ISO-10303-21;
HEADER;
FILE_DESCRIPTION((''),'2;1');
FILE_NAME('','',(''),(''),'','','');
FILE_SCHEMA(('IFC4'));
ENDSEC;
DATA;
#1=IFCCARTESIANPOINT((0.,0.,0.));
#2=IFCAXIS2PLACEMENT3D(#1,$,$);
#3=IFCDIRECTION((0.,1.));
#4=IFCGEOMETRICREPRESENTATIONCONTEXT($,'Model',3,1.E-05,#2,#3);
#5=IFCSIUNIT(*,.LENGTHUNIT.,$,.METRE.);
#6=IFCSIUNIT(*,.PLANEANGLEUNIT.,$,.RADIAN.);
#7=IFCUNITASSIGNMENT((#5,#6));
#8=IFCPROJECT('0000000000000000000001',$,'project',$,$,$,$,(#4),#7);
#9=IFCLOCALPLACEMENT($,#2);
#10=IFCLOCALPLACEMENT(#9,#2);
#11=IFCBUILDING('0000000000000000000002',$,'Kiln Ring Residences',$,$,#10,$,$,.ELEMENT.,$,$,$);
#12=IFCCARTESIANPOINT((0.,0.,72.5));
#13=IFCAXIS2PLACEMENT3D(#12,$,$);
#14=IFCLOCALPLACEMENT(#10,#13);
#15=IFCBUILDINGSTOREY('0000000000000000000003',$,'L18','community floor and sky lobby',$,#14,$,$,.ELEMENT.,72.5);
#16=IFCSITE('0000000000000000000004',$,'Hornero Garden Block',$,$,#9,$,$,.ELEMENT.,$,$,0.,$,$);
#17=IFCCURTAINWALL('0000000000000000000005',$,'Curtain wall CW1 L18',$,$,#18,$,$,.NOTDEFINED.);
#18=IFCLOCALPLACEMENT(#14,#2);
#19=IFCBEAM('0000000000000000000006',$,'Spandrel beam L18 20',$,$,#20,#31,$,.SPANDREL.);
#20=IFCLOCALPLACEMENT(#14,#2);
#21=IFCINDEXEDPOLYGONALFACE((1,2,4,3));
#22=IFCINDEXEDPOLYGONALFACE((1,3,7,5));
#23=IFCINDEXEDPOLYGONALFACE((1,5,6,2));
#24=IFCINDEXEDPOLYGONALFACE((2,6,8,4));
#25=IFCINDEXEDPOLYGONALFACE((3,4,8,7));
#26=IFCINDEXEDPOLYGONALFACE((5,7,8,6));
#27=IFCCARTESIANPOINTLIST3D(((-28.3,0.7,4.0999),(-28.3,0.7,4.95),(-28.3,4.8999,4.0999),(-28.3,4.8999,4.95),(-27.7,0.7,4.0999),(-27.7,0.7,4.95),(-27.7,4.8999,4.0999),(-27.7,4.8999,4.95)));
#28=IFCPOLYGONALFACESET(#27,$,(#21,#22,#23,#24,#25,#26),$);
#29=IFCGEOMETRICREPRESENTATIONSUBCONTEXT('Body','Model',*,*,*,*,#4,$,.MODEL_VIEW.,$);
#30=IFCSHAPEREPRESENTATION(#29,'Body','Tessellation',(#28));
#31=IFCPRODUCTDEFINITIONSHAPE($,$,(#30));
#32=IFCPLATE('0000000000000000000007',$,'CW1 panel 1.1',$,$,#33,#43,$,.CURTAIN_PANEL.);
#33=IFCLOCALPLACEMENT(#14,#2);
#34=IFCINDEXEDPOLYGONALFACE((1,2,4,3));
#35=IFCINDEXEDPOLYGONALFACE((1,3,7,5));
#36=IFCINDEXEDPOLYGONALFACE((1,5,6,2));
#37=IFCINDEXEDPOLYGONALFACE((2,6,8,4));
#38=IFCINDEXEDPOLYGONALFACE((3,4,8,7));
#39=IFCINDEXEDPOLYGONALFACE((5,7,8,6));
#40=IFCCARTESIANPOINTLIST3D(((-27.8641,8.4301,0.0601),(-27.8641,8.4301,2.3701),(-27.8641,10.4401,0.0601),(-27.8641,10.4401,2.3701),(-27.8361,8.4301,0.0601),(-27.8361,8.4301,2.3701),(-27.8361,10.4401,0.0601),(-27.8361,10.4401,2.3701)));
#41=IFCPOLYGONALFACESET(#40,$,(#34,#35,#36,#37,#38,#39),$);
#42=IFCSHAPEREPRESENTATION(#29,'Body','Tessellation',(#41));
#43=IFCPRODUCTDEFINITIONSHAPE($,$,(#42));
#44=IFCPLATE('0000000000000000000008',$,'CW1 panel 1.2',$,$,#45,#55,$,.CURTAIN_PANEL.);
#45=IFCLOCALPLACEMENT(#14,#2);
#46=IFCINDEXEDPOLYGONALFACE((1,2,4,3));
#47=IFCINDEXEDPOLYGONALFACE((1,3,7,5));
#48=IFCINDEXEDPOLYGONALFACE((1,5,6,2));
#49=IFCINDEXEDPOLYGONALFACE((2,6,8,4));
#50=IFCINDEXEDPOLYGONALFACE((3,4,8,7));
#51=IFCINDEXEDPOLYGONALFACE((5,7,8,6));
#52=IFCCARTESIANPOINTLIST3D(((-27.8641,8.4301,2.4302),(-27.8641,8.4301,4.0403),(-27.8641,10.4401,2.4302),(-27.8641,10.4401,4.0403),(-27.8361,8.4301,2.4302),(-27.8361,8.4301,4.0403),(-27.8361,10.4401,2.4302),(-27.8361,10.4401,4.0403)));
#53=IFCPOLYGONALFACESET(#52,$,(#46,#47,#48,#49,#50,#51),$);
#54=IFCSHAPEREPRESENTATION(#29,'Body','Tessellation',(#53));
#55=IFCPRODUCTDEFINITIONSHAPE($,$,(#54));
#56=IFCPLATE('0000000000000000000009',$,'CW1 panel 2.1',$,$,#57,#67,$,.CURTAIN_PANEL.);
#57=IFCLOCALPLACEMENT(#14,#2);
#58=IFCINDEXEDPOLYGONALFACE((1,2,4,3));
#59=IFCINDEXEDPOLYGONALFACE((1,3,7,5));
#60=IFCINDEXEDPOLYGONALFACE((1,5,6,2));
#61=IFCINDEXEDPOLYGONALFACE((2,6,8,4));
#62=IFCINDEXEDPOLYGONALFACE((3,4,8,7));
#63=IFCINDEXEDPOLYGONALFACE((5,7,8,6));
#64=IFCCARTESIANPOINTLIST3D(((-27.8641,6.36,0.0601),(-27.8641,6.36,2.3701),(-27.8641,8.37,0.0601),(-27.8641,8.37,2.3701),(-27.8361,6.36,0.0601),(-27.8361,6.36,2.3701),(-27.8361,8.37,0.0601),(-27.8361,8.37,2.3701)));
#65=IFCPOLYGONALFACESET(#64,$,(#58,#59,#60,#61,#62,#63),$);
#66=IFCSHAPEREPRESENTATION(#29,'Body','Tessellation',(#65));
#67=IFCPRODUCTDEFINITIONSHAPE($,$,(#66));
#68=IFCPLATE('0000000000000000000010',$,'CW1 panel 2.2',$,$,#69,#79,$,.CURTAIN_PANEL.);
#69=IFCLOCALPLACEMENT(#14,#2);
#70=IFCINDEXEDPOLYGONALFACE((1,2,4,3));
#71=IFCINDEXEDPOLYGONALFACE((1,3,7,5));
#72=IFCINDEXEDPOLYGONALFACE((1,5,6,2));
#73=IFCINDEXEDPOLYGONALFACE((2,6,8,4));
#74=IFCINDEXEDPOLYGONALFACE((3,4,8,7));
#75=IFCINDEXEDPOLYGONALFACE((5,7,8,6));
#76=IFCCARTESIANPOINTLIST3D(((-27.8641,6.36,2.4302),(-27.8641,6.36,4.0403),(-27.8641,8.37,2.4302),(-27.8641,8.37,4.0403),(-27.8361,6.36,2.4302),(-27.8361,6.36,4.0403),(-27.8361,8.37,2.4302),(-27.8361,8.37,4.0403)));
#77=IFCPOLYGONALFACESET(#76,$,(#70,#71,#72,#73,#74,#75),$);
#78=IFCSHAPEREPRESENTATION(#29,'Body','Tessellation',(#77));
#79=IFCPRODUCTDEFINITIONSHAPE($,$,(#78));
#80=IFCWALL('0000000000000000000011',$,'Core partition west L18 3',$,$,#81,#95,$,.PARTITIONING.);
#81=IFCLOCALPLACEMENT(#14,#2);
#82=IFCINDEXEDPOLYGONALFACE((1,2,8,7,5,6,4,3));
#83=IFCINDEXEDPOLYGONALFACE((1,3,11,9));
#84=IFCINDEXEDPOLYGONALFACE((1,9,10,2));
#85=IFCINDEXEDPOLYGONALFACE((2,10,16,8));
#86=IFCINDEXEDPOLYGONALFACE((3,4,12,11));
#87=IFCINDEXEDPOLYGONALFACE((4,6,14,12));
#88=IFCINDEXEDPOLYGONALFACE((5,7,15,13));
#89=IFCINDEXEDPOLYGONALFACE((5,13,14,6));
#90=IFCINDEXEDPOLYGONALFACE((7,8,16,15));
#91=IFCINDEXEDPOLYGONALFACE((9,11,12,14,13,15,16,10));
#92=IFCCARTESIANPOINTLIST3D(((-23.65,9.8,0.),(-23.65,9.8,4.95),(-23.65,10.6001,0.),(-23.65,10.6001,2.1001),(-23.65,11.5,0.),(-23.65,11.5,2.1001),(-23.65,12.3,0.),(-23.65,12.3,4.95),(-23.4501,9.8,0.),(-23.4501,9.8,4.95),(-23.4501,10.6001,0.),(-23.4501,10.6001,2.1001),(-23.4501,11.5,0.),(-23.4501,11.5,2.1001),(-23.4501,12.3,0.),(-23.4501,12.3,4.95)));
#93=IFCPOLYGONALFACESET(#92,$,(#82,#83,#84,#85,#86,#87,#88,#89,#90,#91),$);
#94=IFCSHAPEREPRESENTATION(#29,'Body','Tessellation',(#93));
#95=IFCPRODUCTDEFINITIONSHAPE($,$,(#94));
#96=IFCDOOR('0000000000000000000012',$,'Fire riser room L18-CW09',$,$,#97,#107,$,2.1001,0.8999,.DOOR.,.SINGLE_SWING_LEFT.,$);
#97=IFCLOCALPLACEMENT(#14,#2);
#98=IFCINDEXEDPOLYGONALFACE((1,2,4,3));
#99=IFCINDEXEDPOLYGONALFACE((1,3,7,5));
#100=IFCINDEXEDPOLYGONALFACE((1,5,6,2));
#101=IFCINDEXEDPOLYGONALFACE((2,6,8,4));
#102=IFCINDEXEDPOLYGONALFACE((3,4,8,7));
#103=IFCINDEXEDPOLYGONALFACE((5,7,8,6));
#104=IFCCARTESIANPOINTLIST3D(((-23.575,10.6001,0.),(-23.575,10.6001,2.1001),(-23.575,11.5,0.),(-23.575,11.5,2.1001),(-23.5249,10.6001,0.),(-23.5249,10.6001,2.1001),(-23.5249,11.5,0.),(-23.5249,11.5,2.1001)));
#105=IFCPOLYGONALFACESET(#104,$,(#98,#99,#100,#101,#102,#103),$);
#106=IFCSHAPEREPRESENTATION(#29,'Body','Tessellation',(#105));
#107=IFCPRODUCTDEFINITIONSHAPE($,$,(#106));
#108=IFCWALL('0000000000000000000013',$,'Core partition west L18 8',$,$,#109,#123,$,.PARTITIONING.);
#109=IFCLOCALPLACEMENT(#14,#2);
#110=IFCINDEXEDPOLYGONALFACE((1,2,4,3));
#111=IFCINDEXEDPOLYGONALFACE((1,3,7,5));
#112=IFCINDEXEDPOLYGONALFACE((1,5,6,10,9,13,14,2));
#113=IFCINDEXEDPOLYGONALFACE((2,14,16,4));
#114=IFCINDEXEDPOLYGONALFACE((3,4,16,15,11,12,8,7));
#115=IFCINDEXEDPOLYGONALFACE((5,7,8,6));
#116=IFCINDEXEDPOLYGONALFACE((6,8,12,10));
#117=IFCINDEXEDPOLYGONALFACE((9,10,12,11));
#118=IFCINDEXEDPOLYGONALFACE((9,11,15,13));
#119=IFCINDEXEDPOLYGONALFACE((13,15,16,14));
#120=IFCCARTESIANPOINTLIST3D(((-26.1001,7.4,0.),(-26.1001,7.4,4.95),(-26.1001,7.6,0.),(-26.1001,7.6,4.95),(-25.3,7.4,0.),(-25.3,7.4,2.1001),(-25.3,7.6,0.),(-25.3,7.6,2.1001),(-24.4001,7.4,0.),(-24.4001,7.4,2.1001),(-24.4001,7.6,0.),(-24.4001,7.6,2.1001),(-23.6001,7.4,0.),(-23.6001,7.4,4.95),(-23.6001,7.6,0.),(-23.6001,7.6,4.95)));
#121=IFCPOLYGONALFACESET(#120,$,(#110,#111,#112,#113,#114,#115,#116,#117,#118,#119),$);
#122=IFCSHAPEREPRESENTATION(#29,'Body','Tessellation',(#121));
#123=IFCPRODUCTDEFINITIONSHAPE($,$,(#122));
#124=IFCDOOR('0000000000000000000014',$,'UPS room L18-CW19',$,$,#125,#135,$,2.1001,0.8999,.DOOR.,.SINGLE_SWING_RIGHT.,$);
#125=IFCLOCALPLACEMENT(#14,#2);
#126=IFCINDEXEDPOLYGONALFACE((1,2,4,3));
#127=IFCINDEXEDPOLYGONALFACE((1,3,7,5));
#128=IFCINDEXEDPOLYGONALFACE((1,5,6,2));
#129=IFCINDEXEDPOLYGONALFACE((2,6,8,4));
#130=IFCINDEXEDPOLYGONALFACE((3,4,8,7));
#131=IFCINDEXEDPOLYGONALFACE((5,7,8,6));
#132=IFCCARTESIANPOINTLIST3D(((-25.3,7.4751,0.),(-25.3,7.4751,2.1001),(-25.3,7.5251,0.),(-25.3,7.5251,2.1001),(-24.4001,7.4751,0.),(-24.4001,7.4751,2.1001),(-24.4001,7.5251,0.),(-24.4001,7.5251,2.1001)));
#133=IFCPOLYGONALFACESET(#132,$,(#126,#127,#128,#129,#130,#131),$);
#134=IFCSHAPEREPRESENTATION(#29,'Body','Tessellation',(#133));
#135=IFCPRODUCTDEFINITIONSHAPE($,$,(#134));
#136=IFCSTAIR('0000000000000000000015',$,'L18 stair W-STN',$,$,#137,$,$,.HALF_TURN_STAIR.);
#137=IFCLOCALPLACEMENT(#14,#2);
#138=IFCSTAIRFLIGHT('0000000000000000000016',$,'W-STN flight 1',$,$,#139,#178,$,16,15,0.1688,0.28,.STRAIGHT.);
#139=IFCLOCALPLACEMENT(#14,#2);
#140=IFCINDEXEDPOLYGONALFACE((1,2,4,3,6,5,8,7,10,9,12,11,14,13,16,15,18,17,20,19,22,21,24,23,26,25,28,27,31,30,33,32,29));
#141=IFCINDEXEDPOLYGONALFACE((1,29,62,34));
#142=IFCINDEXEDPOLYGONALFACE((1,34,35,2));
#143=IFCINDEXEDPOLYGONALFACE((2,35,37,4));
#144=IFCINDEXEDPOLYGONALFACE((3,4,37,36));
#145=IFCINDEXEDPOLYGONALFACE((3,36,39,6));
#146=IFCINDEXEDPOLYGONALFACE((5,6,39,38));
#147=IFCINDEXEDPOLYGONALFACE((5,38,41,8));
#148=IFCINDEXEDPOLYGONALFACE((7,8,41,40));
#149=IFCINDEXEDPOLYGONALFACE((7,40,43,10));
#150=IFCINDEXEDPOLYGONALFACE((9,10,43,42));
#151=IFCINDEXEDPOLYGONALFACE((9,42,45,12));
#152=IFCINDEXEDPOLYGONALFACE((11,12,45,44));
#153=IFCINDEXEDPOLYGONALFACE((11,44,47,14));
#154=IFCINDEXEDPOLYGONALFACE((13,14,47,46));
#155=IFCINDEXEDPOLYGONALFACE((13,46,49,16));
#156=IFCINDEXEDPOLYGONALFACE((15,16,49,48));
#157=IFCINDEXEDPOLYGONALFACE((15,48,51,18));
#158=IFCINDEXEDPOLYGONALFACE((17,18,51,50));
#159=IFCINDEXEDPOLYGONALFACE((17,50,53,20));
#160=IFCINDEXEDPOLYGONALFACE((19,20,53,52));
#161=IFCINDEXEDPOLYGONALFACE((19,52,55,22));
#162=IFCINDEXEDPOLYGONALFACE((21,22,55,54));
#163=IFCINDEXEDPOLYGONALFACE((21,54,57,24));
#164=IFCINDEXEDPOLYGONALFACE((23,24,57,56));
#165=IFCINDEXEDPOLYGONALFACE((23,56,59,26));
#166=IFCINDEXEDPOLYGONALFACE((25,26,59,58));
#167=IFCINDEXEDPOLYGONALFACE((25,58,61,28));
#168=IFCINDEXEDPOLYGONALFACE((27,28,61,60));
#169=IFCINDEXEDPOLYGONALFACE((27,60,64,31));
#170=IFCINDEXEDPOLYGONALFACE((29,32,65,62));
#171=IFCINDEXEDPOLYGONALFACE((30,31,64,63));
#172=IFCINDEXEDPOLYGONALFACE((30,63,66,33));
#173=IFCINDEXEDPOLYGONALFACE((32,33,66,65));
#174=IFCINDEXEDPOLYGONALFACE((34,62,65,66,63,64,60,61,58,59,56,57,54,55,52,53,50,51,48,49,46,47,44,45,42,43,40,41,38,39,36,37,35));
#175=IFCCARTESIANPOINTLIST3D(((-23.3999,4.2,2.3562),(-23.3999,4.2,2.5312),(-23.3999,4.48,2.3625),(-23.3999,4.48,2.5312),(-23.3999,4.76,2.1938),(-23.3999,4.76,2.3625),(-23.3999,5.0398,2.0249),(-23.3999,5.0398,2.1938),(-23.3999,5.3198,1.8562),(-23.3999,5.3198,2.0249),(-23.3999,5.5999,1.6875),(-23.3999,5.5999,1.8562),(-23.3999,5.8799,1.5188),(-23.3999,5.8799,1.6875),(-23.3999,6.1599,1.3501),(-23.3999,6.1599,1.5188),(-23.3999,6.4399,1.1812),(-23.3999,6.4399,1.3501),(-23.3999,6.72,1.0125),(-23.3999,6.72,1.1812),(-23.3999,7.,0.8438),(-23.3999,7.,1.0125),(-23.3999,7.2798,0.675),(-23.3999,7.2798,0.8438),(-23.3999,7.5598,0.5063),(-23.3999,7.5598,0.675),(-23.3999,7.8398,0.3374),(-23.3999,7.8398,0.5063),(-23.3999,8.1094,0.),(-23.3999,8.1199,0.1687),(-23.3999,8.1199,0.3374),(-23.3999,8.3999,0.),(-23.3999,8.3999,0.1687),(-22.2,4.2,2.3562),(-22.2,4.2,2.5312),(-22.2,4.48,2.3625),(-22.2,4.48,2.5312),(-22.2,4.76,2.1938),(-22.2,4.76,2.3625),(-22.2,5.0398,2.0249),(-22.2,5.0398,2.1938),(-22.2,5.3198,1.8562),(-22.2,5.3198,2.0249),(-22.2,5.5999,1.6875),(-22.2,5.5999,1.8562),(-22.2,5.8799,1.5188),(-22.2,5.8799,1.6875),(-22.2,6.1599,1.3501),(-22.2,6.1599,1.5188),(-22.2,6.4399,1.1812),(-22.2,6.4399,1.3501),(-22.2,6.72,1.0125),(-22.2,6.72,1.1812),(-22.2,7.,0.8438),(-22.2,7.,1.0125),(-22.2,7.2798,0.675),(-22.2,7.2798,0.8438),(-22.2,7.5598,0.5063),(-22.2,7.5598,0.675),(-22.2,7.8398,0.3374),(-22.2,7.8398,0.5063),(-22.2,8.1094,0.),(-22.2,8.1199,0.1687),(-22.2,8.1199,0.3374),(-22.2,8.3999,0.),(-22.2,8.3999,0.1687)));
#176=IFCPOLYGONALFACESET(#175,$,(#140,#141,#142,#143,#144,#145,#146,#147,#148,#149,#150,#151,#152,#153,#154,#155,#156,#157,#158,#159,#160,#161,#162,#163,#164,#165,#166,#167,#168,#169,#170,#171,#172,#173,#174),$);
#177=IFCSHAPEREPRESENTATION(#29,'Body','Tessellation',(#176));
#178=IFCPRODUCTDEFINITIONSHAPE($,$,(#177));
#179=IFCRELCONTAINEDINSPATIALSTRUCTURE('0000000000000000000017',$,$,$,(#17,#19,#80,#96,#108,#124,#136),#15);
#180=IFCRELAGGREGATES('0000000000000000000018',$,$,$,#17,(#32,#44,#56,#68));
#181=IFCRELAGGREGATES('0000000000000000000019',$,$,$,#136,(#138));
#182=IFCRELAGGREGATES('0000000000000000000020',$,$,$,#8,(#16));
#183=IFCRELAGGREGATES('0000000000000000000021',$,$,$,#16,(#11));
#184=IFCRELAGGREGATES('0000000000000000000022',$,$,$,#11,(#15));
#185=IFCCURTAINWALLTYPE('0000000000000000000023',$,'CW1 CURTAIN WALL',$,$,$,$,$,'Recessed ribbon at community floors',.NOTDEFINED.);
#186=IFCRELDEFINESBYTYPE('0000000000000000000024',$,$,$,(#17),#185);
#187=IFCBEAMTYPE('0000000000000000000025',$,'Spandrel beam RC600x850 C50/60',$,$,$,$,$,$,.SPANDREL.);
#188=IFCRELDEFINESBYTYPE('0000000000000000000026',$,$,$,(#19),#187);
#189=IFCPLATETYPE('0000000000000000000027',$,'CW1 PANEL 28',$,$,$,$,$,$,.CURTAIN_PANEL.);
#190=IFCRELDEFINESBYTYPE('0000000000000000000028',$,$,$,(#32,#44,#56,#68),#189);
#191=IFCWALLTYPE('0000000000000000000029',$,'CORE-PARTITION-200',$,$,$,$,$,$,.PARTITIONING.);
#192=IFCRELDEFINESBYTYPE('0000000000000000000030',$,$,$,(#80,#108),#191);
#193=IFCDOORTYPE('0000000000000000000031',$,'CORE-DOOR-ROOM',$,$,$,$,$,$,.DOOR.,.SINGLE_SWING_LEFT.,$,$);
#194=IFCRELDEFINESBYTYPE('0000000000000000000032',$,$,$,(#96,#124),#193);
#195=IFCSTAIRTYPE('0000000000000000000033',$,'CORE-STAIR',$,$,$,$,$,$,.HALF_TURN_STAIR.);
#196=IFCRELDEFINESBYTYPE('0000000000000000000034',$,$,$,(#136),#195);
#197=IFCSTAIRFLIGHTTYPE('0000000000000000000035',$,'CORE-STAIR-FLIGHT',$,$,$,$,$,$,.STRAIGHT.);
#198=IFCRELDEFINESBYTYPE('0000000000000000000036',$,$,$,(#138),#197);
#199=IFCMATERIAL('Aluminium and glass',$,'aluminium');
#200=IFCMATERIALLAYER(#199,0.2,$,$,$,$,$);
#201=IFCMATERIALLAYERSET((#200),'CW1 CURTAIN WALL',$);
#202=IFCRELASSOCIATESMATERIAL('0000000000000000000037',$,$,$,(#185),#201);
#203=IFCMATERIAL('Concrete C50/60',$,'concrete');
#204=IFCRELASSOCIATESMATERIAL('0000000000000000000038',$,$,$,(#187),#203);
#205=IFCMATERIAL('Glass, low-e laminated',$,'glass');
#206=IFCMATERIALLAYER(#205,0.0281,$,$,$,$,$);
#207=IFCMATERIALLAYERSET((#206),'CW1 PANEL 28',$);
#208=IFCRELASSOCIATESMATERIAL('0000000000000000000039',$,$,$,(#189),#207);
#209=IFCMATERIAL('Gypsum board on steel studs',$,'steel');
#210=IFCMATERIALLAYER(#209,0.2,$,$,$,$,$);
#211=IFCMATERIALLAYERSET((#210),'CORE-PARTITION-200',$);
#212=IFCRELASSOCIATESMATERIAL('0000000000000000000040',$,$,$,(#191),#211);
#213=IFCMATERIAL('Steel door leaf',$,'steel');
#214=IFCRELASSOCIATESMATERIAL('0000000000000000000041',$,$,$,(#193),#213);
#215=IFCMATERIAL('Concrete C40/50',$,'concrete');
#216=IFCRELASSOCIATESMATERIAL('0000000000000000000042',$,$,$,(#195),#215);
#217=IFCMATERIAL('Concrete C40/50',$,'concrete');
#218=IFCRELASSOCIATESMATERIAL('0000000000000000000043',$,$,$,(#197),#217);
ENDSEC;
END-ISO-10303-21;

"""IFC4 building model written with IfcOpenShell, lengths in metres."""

from ifc_helpers import new_model, si_unit, direction, frame, frame_2d, origin, origin_2d, place, context, subcontext, project, spatial, polyline, rectangle, outline, extrude, material, layer, layer_set, material_profile, profile_set, type_object, element, fill, aggregate, save


model = new_model("IFC4")

# Units and contexts
model_context = context("Model", 3, precision=1e-05, world=origin(), true_north=direction((0.0, 1.0)))
body_context = subcontext(model_context, "Body", "Model", "MODEL_VIEW")
ifc_project = project(units=[si_unit("LENGTHUNIT", "METRE"), si_unit("PLANEANGLEUNIT", "RADIAN")], contexts=[model_context])

# Site, building, storey
site_placement = place(None, origin())
site = spatial("IfcSite", under=ifc_project, at=site_placement, Name="Hornero Garden Block", CompositionType="ELEMENT", RefElevation=0.0)
building_placement = place(site_placement, origin())
building = spatial("IfcBuilding", under=site, at=building_placement, Name="Kiln Ring Residences", CompositionType="ELEMENT")
storey_placement = place(building_placement, frame((0.0, 0.0, 72.5)))
storey = spatial("IfcBuildingStorey", under=building, at=storey_placement, Name="L18", Description="community floor and sky lobby", CompositionType="ELEMENT", Elevation=72.5)

# Shared definitions
ifc_material_1 = material(Name="Aluminium and glass", Category="aluminium")
ifc_layer_1 = layer(ifc_material_1, 0.2)
ifc_layer_set_1 = layer_set([ifc_layer_1], Name="CW1 CURTAIN WALL")
curtain_wall_type = type_object("IfcCurtainWallType", Name="CW1 CURTAIN WALL", ElementType="Recessed ribbon at community floors", PredefinedType="NOTDEFINED", material=ifc_layer_set_1)
placement = place(storey_placement, origin())

# Curtain wall
curtain_wall_1 = element("IfcCurtainWall", 1, at=placement, inside=storey, type_object=curtain_wall_type, Name="Curtain wall CW1 L18", PredefinedType="NOTDEFINED")

# Beam
ifc_material_2 = material(Name="Concrete C50/60", Category="concrete")
ifc_material_profile_1 = material_profile(ifc_material_2, rectangle(XDim=0.6001, YDim=0.8501, at=origin_2d()), Name="RC600x850")
ifc_profile_set_1 = profile_set([ifc_material_profile_1], Name="Concrete C50/60")
beam_type = type_object("IfcBeamType", Name="Spandrel beam RC600x850 C50/60", PredefinedType="SPANDREL", material=ifc_profile_set_1)
for number, where, z_axis, x_axis, name in (
    (2, (-28.0, 4.8999, 4.5249), (0.0, -1.0, 0.0), (1.0, 0.0, 0.0), "Spandrel beam L18 20"),
):
    element("IfcBeam", number, at=place(storey_placement, frame(where, z_axis=z_axis, x_axis=x_axis)), inside=storey, type_object=beam_type, Name=name, PredefinedType="SPANDREL", context=body_context, shape_type="SweptSolid", body=[
        extrude(rectangle(XDim=0.6001, YDim=0.8501, at=origin_2d()), origin(), (0.0, 0.0, 1.0), 4.2),
    ])

# Plates
ifc_material_3 = material(Name="Glass, low-e laminated", Category="glass")
ifc_layer_2 = layer(ifc_material_3, 0.0281)
ifc_layer_set_2 = layer_set([ifc_layer_2], Name="CW1 PANEL 28")
plate_type = type_object("IfcPlateType", Name="CW1 PANEL 28", PredefinedType="CURTAIN_PANEL", material=ifc_layer_set_2)
plate_1_placement = place(storey_placement, frame((-27.8501, 9.4351, 0.0601), z_axis=(0.0, 0.0, 1.0), x_axis=(0.0, -1.0, 0.0)))
plate_1 = element("IfcPlate", 3, at=plate_1_placement, type_object=plate_type, Name="CW1 panel 1.1", PredefinedType="CURTAIN_PANEL", context=body_context, shape_type="SweptSolid", body=[
    extrude(rectangle(XDim=2.01, YDim=0.0281, at=origin_2d()), origin(), (0.0, 0.0, 1.0), 2.3101),
])
plate_2_placement = place(storey_placement, frame((-27.8501, 9.4351, 2.4302), z_axis=(0.0, 0.0, 1.0), x_axis=(0.0, -1.0, 0.0)))
plate_2 = element("IfcPlate", 4, at=plate_2_placement, type_object=plate_type, Name="CW1 panel 1.2", PredefinedType="CURTAIN_PANEL", context=body_context, shape_type="SweptSolid", body=[
    extrude(rectangle(XDim=2.01, YDim=0.0281, at=origin_2d()), origin(), (0.0, 0.0, 1.0), 1.6101),
])
plate_3_placement = place(storey_placement, frame((-27.8501, 7.365, 0.0601), z_axis=(0.0, 0.0, 1.0), x_axis=(0.0, -1.0, 0.0)))
plate_3 = element("IfcPlate", 5, at=plate_3_placement, type_object=plate_type, Name="CW1 panel 2.1", PredefinedType="CURTAIN_PANEL", context=body_context, shape_type="SweptSolid", body=[
    extrude(rectangle(XDim=2.01, YDim=0.0281, at=origin_2d()), origin(), (0.0, 0.0, 1.0), 2.3101),
])
plate_4_placement = place(storey_placement, frame((-27.8501, 7.365, 2.4302), z_axis=(0.0, 0.0, 1.0), x_axis=(0.0, -1.0, 0.0)))
plate_4 = element("IfcPlate", 6, at=plate_4_placement, type_object=plate_type, Name="CW1 panel 2.2", PredefinedType="CURTAIN_PANEL", context=body_context, shape_type="SweptSolid", body=[
    extrude(rectangle(XDim=2.01, YDim=0.0281, at=origin_2d()), origin(), (0.0, 0.0, 1.0), 1.6101),
])
aggregate(curtain_wall_1, [plate_1, plate_2, plate_3, plate_4])

# Walls, openings, doors
ifc_material_4 = material(Name="Gypsum board on steel studs", Category="steel")
ifc_layer_3 = layer(ifc_material_4, 0.2)
ifc_layer_set_3 = layer_set([ifc_layer_3], Name="CORE-PARTITION-200")
wall_type = type_object("IfcWallType", Name="CORE-PARTITION-200", PredefinedType="PARTITIONING", material=ifc_layer_set_3)
wall_1_placement = place(storey_placement, frame((-23.55, 9.8, 0.0), z_axis=(0.0, 0.0, 1.0), x_axis=(0.0, 1.0, 0.0)))
wall_1 = element("IfcWall", 7, at=wall_1_placement, inside=storey, type_object=wall_type, Name="Core partition west L18 3", PredefinedType="PARTITIONING", context=body_context, shape_type="SweptSolid", body=[
    extrude(rectangle(XDim=2.5, YDim=0.2, at=frame_2d((1.25, 0.0))), origin(), (0.0, 0.0, 1.0), 4.95),
])
opening_1_placement = place(wall_1_placement, frame((0.8, 0.0, 0.0)))
opening_1 = element("IfcOpeningElement", 8, at=opening_1_placement, cuts=wall_1, PredefinedType="OPENING", context=body_context, shape_type="SweptSolid", body=[
    extrude(rectangle(XDim=0.8999, YDim=2.1001, at=frame_2d((0.45, 1.05))), frame((0.0, 0.1099, 0.0), z_axis=(0.0, -1.0, 0.0), x_axis=(1.0, 0.0, 0.0)), (0.0, 0.0, 1.0), 0.22),
])
ifc_material_5 = material(Name="Steel door leaf", Category="steel")
door_type = type_object("IfcDoorType", Name="CORE-DOOR-ROOM", OperationType="SINGLE_SWING_LEFT", PredefinedType="DOOR", material=ifc_material_5)
door_1_placement = place(opening_1_placement, origin())
door_1 = element("IfcDoor", 9, at=door_1_placement, inside=storey, type_object=door_type, Name="Fire riser room L18-CW09", OperationType="SINGLE_SWING_LEFT", OverallHeight=2.1001, OverallWidth=0.8999, PredefinedType="DOOR", context=body_context, shape_type="SweptSolid", body=[
    extrude(rectangle(XDim=0.8999, YDim=2.1001, at=frame_2d((0.45, 1.05))), frame((0.0, 0.0249, 0.0), z_axis=(0.0, -1.0, 0.0), x_axis=(1.0, 0.0, 0.0)), (0.0, 0.0, 1.0), 0.05),
])
fill(opening_1, door_1)
wall_2_placement = place(storey_placement, frame((-23.6001, 7.5, 0.0), z_axis=(0.0, 0.0, 1.0), x_axis=(-1.0, 0.0, 0.0)))
wall_2 = element("IfcWall", 10, at=wall_2_placement, inside=storey, type_object=wall_type, Name="Core partition west L18 8", PredefinedType="PARTITIONING", context=body_context, shape_type="SweptSolid", body=[
    extrude(rectangle(XDim=2.5, YDim=0.2, at=frame_2d((1.25, 0.0))), origin(), (0.0, 0.0, 1.0), 4.95),
])
opening_2_placement = place(wall_2_placement, frame((0.8, 0.0, 0.0)))
opening_2 = element("IfcOpeningElement", 11, at=opening_2_placement, cuts=wall_2, PredefinedType="OPENING", context=body_context, shape_type="SweptSolid", body=[
    extrude(rectangle(XDim=0.8999, YDim=2.1001, at=frame_2d((0.45, 1.05))), frame((0.0, 0.1099, 0.0), z_axis=(0.0, -1.0, 0.0), x_axis=(1.0, 0.0, 0.0)), (0.0, 0.0, 1.0), 0.22),
])
door_2_placement = place(opening_2_placement, origin())
door_2 = element("IfcDoor", 12, at=door_2_placement, inside=storey, type_object=door_type, Name="UPS room L18-CW19", OperationType="SINGLE_SWING_RIGHT", OverallHeight=2.1001, OverallWidth=0.8999, PredefinedType="DOOR", context=body_context, shape_type="SweptSolid", body=[
    extrude(rectangle(XDim=0.8999, YDim=2.1001, at=frame_2d((0.45, 1.05))), frame((0.0, 0.0249, 0.0), z_axis=(0.0, -1.0, 0.0), x_axis=(1.0, 0.0, 0.0)), (0.0, 0.0, 1.0), 0.05),
])
fill(opening_2, door_2)

# Stair, stair flight
ifc_material_6 = material(Name="Concrete C40/50", Category="concrete")
stair_type = type_object("IfcStairType", Name="CORE-STAIR", PredefinedType="HALF_TURN_STAIR", material=ifc_material_6)
stair = element("IfcStair", 13, at=placement, inside=storey, type_object=stair_type, Name="L18 stair W-STN", PredefinedType="HALF_TURN_STAIR")
ifc_material_7 = material(Name="Concrete C40/50", Category="concrete")
stair_flight_type = type_object("IfcStairFlightType", Name="CORE-STAIR-FLIGHT", PredefinedType="STRAIGHT", material=ifc_material_7)
stair_flight_placement = place(storey_placement, frame((-22.8, 8.3999, 0.0), z_axis=(0.0, 0.0, 1.0), x_axis=(0.0, -1.0, 0.0)))
stair_flight = element("IfcStairFlight", 14, at=stair_flight_placement, type_object=stair_flight_type, Name="W-STN flight 1", NumberOfRisers=16, NumberOfTreads=15, PredefinedType="STRAIGHT", RiserHeight=0.1688, TreadLength=0.28, context=body_context, shape_type="SweptSolid", body=[
    extrude(outline(polyline([(0.0, 0.0), (0.0, 0.1687), (0.28, 0.1687), (0.28, 0.3374), (0.5601, 0.3374), (0.5601, 0.5063), (0.8401, 0.5063), (0.8401, 0.675), (1.1201, 0.675), (1.1201, 0.8438), (1.3999, 0.8438), (1.3999, 1.0125), (1.6799, 1.0125), (1.6799, 1.1812), (1.96, 1.1812), (1.96, 1.3501), (2.24, 1.3501), (2.24, 1.5188), (2.52, 1.5188), (2.52, 1.6875), (2.8, 1.6875), (2.8, 1.8562), (3.0801, 1.8562), (3.0801, 2.0249), (3.3601, 2.0249), (3.3601, 2.1938), (3.6399, 2.1938), (3.6399, 2.3625), (3.9199, 2.3625), (3.9199, 2.5312), (4.2, 2.5312), (4.2, 2.7), (4.2, 2.3562), (0.2905, 0.0), (0.0, 0.0)])), frame((0.0, 0.6001, 0.0), z_axis=(0.0, -1.0, 0.0), x_axis=(1.0, 0.0, 0.0)), (0.0, 0.0, 1.0), 1.2),
])
aggregate(stair, [stair_flight])

save(model, "model.ifc")
